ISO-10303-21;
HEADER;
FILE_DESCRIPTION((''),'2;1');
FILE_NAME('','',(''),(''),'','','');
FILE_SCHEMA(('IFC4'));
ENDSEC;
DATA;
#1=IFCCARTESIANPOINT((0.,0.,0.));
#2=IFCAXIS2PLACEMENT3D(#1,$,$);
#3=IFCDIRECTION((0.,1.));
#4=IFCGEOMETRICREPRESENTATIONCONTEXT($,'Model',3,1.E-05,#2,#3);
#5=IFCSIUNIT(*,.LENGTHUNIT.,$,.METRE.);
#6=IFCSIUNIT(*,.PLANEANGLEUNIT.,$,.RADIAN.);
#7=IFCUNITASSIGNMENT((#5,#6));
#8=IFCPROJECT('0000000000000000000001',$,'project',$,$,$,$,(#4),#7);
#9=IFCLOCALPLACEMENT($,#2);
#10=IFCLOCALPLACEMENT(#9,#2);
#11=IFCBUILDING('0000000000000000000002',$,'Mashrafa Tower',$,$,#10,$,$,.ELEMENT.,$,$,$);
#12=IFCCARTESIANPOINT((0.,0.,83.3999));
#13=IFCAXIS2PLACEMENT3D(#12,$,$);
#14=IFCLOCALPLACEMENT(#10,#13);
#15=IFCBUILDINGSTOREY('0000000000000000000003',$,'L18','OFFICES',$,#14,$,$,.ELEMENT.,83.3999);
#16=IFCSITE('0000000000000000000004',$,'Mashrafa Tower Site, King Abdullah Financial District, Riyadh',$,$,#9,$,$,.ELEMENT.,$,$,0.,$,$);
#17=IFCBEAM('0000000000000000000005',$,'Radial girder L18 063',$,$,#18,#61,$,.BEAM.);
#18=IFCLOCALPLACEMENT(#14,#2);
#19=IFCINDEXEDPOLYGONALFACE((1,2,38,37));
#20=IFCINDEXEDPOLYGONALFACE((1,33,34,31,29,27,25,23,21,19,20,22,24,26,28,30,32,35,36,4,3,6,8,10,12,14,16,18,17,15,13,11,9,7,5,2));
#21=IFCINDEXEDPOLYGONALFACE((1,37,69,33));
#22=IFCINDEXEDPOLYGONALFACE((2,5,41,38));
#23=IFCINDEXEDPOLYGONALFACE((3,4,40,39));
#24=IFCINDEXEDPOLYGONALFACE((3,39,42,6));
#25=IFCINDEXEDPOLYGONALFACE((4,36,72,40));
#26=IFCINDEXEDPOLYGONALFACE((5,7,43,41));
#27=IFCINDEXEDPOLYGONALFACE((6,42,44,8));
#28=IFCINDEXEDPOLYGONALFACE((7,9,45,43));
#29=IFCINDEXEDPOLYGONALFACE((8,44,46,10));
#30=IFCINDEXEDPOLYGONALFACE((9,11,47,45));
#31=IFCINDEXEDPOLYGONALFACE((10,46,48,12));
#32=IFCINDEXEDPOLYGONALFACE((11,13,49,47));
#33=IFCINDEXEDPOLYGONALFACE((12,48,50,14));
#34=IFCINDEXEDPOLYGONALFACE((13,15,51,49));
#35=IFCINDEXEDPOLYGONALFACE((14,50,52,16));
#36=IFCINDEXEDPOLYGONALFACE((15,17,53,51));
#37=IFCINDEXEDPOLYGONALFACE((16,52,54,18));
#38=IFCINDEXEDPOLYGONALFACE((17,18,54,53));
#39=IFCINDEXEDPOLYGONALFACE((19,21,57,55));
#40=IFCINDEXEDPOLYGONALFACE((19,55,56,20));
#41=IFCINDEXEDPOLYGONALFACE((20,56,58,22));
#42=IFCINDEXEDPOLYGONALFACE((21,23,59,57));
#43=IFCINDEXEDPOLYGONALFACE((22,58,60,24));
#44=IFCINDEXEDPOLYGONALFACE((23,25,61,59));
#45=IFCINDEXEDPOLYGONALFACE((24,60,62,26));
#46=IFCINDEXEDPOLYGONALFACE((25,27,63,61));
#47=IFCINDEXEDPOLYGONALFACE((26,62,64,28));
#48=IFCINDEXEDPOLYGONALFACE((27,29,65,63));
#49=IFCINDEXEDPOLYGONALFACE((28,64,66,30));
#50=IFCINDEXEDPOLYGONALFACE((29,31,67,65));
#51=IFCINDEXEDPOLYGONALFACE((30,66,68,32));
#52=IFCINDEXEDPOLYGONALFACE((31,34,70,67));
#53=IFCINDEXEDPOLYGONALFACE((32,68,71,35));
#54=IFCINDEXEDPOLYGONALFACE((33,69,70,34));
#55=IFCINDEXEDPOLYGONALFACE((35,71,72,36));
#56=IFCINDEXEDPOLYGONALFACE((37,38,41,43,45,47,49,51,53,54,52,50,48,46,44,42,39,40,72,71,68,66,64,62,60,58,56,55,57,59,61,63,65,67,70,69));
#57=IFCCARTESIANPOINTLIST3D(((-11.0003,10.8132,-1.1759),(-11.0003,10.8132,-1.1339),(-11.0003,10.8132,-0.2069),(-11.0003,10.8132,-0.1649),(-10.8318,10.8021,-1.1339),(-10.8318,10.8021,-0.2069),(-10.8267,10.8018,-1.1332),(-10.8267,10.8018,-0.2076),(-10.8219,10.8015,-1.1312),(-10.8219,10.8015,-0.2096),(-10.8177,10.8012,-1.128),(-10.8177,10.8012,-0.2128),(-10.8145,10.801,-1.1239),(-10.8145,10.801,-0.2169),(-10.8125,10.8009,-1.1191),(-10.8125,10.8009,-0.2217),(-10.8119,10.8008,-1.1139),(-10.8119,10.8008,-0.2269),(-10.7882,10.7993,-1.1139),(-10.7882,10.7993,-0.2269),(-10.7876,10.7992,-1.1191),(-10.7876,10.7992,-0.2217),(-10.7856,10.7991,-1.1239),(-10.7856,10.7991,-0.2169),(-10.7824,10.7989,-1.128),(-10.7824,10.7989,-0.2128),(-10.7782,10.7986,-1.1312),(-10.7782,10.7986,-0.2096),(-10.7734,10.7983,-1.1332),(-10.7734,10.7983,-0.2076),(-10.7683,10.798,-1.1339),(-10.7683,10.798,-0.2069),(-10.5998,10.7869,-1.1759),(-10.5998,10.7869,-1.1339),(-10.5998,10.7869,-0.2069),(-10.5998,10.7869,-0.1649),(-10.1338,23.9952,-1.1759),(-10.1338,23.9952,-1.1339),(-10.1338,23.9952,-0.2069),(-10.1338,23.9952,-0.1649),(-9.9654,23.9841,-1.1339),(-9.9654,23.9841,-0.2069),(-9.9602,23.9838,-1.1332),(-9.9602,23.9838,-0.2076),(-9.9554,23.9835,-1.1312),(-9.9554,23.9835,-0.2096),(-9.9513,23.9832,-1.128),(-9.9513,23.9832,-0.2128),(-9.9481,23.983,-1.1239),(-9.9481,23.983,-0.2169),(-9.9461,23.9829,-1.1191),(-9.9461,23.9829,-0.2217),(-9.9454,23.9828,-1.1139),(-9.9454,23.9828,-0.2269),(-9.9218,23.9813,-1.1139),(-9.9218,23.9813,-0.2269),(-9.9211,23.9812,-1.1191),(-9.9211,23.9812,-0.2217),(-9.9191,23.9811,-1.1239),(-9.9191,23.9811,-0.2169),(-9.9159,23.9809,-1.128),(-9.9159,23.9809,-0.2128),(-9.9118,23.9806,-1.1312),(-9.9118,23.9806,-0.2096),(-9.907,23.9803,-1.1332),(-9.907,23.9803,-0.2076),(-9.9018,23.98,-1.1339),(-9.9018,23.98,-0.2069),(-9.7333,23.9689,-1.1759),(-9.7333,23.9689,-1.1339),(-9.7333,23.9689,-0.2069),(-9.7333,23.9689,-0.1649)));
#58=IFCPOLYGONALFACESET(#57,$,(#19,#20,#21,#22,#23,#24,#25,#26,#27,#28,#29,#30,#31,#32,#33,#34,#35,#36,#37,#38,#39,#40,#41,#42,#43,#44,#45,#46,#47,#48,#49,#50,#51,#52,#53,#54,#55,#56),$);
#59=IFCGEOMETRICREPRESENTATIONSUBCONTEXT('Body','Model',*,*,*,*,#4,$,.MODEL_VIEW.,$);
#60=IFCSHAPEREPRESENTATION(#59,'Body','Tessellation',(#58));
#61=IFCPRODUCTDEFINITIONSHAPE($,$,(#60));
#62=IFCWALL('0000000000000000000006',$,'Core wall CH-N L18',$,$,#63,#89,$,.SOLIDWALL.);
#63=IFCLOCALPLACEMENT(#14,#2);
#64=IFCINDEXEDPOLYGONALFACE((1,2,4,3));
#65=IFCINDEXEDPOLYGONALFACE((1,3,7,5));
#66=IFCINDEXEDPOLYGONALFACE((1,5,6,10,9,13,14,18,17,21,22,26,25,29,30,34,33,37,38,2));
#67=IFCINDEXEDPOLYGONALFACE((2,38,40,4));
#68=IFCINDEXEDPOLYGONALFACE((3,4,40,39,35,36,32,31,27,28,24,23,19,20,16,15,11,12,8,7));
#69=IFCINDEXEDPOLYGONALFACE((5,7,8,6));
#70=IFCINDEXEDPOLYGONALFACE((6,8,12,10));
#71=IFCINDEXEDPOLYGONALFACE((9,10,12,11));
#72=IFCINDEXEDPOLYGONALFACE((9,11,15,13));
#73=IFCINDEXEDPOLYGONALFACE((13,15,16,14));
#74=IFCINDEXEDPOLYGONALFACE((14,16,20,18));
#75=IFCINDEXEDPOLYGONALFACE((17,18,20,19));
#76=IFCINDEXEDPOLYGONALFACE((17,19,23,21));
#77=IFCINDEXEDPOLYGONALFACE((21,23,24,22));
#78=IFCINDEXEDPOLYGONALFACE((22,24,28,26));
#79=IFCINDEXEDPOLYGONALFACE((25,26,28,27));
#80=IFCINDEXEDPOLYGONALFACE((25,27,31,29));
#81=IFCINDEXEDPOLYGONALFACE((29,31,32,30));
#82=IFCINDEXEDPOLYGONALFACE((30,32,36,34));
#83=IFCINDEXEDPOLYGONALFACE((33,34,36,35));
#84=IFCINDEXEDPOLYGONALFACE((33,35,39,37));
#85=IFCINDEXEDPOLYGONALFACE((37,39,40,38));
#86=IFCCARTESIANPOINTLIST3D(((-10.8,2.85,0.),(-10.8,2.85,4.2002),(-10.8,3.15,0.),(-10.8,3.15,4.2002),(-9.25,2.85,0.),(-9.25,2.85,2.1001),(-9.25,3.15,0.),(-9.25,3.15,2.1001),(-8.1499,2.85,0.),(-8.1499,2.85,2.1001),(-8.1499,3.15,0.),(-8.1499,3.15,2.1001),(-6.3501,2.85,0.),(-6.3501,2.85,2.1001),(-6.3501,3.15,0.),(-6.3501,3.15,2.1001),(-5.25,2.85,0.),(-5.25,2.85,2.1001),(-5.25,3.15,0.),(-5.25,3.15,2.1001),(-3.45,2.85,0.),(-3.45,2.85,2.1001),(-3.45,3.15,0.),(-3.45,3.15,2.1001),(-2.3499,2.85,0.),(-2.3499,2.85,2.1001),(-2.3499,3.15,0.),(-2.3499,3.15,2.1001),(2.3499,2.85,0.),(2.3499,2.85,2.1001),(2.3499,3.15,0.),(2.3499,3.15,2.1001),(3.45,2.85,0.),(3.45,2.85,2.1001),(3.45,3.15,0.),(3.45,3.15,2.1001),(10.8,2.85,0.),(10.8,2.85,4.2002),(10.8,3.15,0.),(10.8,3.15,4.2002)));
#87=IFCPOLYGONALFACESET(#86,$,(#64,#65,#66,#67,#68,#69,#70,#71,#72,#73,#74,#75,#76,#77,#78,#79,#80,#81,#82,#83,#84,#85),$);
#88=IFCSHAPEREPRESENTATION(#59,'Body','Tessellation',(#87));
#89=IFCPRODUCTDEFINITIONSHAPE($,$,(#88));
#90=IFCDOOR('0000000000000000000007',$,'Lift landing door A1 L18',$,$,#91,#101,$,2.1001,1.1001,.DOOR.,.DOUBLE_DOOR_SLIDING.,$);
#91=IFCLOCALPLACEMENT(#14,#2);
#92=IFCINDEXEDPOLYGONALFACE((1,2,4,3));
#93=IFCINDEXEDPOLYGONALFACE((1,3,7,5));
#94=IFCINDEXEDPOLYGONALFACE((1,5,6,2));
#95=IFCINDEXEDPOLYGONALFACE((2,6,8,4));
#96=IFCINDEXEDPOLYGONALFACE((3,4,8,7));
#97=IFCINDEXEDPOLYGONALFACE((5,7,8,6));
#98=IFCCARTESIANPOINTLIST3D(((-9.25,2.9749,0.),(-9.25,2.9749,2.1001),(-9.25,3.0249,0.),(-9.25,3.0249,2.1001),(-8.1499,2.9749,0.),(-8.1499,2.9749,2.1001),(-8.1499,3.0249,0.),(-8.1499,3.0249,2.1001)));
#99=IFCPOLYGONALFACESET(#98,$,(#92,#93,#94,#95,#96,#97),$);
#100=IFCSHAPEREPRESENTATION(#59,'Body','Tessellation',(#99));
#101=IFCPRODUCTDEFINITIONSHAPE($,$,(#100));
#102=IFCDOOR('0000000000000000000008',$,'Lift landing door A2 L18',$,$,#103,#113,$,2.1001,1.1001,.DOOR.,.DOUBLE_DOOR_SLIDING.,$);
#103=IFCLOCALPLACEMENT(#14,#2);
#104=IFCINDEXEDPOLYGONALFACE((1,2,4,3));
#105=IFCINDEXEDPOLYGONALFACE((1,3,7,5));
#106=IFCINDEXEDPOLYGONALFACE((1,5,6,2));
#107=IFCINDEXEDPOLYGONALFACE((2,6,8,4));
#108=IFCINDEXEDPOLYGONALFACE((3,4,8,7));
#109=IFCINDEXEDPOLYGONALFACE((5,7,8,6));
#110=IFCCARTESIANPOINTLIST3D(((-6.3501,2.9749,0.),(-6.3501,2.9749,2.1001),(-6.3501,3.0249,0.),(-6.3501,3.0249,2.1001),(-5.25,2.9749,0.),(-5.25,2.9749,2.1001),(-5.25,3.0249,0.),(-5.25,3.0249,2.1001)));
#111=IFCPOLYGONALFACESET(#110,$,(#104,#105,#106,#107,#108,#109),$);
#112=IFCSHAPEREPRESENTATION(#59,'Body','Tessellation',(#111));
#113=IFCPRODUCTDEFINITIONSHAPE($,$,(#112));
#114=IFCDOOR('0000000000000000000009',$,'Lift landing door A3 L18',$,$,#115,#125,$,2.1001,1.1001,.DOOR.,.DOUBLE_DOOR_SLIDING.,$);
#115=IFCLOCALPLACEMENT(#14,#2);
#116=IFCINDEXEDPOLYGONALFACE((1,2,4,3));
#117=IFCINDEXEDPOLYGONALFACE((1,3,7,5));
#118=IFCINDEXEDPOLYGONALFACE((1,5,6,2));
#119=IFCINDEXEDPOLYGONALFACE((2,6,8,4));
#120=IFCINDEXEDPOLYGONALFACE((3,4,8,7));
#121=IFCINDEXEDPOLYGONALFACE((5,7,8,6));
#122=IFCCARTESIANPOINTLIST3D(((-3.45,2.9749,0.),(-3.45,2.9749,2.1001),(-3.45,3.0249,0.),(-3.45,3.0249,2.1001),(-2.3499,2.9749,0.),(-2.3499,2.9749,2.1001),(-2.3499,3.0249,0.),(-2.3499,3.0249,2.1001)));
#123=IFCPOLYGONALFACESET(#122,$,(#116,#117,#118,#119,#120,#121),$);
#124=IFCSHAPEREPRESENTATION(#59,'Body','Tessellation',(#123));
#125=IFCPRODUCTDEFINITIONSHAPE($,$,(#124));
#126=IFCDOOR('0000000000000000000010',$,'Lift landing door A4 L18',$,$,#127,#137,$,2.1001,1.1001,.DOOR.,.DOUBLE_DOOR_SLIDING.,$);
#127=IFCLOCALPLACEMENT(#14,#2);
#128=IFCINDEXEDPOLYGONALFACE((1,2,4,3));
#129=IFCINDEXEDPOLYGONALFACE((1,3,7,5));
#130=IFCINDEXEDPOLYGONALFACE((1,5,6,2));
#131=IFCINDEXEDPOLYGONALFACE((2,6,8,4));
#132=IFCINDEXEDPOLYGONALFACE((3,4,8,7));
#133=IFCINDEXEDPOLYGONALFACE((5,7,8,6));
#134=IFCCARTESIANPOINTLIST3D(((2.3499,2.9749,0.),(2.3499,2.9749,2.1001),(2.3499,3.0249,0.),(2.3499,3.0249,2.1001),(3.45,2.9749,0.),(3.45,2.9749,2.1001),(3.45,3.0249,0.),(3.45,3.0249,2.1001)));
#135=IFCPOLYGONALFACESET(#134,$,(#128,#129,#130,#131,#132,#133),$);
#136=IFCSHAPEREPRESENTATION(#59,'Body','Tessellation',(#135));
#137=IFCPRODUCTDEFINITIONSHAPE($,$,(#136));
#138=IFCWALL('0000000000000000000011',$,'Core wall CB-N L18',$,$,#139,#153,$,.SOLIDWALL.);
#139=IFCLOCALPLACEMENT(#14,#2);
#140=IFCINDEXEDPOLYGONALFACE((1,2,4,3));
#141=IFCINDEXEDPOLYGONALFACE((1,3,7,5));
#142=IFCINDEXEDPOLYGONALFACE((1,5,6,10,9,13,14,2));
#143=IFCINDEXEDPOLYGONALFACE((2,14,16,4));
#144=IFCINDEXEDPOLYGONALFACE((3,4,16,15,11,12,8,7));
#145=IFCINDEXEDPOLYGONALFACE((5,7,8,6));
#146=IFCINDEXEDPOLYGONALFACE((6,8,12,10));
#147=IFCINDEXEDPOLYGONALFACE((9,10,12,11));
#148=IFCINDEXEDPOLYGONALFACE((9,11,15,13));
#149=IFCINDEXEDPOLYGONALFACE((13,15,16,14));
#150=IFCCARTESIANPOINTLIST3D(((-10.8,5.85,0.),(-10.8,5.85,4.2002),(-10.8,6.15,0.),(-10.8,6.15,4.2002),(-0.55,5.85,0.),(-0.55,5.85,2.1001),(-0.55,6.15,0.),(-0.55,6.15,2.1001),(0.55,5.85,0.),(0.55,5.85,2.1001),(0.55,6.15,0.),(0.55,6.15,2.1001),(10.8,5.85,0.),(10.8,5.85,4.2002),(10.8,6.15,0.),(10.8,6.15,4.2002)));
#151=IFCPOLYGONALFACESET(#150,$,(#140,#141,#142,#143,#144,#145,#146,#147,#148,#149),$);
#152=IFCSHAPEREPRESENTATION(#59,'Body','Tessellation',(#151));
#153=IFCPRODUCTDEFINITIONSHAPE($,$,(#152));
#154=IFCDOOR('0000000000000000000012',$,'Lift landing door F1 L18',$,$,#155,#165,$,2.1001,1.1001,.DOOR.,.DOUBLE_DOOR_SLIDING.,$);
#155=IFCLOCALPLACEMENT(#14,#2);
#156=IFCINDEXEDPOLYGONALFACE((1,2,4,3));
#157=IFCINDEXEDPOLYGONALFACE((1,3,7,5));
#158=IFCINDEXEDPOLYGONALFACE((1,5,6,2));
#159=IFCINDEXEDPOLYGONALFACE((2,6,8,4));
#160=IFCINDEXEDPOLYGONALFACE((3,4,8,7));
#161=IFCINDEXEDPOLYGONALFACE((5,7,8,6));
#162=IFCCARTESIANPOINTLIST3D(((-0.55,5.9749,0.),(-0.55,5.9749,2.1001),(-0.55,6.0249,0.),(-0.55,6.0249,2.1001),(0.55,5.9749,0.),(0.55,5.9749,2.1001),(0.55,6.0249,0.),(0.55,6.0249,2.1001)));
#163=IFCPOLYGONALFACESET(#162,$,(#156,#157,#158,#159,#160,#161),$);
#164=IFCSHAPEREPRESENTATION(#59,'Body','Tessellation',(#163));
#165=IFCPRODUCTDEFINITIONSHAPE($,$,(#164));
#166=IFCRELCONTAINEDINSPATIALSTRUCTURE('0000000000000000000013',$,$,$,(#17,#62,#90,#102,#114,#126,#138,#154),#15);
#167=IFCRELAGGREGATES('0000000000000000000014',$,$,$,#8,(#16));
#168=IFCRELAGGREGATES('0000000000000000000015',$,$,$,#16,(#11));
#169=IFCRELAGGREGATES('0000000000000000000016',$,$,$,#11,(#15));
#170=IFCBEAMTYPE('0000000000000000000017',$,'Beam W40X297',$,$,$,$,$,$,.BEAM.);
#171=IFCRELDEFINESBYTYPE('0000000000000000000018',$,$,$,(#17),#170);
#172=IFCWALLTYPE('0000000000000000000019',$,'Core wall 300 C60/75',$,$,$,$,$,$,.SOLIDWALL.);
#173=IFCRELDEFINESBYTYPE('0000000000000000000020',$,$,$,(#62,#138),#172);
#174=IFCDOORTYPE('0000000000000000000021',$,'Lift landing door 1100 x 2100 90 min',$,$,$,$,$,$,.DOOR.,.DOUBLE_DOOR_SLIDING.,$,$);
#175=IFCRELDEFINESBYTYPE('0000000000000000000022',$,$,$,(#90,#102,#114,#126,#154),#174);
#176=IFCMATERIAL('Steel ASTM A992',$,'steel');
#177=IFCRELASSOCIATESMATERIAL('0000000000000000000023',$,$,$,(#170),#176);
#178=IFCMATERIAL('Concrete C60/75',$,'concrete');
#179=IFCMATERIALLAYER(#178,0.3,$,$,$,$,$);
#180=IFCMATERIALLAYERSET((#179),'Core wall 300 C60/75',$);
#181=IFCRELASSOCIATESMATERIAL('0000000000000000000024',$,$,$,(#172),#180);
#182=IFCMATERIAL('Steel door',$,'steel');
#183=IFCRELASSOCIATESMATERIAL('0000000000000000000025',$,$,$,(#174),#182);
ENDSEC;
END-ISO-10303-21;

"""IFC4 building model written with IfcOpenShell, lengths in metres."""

from ifc_helpers import new_model, si_unit, direction, frame, frame_2d, origin, origin_2d, place, context, subcontext, project, spatial, rectangle, i_section, extrude, material, layer, layer_set, material_profile, profile_set, type_object, element, fill, save


model = new_model("IFC4")

# Units and contexts
model_context = context("Model", 3, precision=1e-05, world=origin(), true_north=direction((0.0, 1.0)))
body_context = subcontext(model_context, "Body", "Model", "MODEL_VIEW")
ifc_project = project(units=[si_unit("LENGTHUNIT", "METRE"), si_unit("PLANEANGLEUNIT", "RADIAN")], contexts=[model_context])

# Site, building, storey
site_placement = place(None, origin())
site = spatial("IfcSite", under=ifc_project, at=site_placement, Name="Mashrafa Tower Site, King Abdullah Financial District, Riyadh", CompositionType="ELEMENT", RefElevation=0.0)
building_placement = place(site_placement, origin())
building = spatial("IfcBuilding", under=site, at=building_placement, Name="Mashrafa Tower", CompositionType="ELEMENT")
storey_placement = place(building_placement, frame((0.0, 0.0, 83.3999)))
storey = spatial("IfcBuildingStorey", under=building, at=storey_placement, Name="L18", Description="OFFICES", CompositionType="ELEMENT", Elevation=83.3999)

# Beam
ifc_material_1 = material(Name="Steel ASTM A992", Category="steel")
ifc_material_profile_1 = material_profile(ifc_material_1, i_section(OverallWidth=0.4014, OverallDepth=1.011, WebThickness=0.0237, FlangeThickness=0.042, FilletRadius=0.02, at=origin_2d()), Name="W40X297")
ifc_profile_set_1 = profile_set([ifc_material_profile_1], Name="Steel ASTM A992")
beam_type_1 = type_object("IfcBeamType", Name="Beam W40X297", PredefinedType="BEAM", material=ifc_profile_set_1)
for number, where, z_axis, x_axis, name in (
    (1, (-10.8, 10.8, -0.6704), (0.065589, 0.997847, 0.0), (-0.997847, 0.065589, 0.0), "Radial girder L18 063"),
):
    element("IfcBeam", number, at=place(storey_placement, frame(where, z_axis=z_axis, x_axis=x_axis)), inside=storey, type_object=beam_type_1, Name=name, PredefinedType="BEAM", context=body_context, shape_type="SweptSolid", body=[
        extrude(i_section(OverallWidth=0.4014, OverallDepth=1.011, WebThickness=0.0237, FlangeThickness=0.042, FilletRadius=0.02, at=origin_2d()), origin(), (0.0, 0.0, 1.0), 13.2104),
    ])

# Wall, openings, doors
ifc_material_2 = material(Name="Concrete C60/75", Category="concrete")
ifc_layer_1 = layer(ifc_material_2, 0.3)
ifc_layer_set_1 = layer_set([ifc_layer_1], Name="Core wall 300 C60/75")
wall_type_1 = type_object("IfcWallType", Name="Core wall 300 C60/75", PredefinedType="SOLIDWALL", material=ifc_layer_set_1)
wall_1_placement = place(storey_placement, frame((-10.8, 3.0, 0.0), z_axis=(0.0, 0.0, 1.0), x_axis=(1.0, 0.0, 0.0)))
wall_1 = element("IfcWall", 2, at=wall_1_placement, inside=storey, type_object=wall_type_1, Name="Core wall CH-N L18", PredefinedType="SOLIDWALL", context=body_context, shape_type="SweptSolid", body=[
    extrude(rectangle(XDim=21.6001, YDim=0.3, at=frame_2d((10.8, 0.0))), origin(), (0.0, 0.0, 1.0), 4.2002),
])
opening_1_placement = place(wall_1_placement, frame((1.55, 0.0, 0.0)))
opening_1 = element("IfcOpeningElement", 3, at=opening_1_placement, cuts=wall_1, PredefinedType="OPENING", context=body_context, shape_type="SweptSolid", body=[
    extrude(rectangle(XDim=1.1001, YDim=2.1001, at=frame_2d((0.55, 1.05))), frame((0.0, 0.1599, 0.0), z_axis=(0.0, -1.0, 0.0), x_axis=(1.0, 0.0, 0.0)), (0.0, 0.0, 1.0), 0.3201),
])
opening_2_placement = place(wall_1_placement, frame((4.45, 0.0, 0.0)))
opening_2 = element("IfcOpeningElement", 4, at=opening_2_placement, cuts=wall_1, PredefinedType="OPENING", context=body_context, shape_type="SweptSolid", body=[
    extrude(rectangle(XDim=1.1001, YDim=2.1001, at=frame_2d((0.55, 1.05))), frame((0.0, 0.1599, 0.0), z_axis=(0.0, -1.0, 0.0), x_axis=(1.0, 0.0, 0.0)), (0.0, 0.0, 1.0), 0.3201),
])
opening_3_placement = place(wall_1_placement, frame((7.3501, 0.0, 0.0)))
opening_3 = element("IfcOpeningElement", 5, at=opening_3_placement, cuts=wall_1, PredefinedType="OPENING", context=body_context, shape_type="SweptSolid", body=[
    extrude(rectangle(XDim=1.1001, YDim=2.1001, at=frame_2d((0.55, 1.05))), frame((0.0, 0.1599, 0.0), z_axis=(0.0, -1.0, 0.0), x_axis=(1.0, 0.0, 0.0)), (0.0, 0.0, 1.0), 0.3201),
])
opening_4_placement = place(wall_1_placement, frame((13.1499, 0.0, 0.0)))
opening_4 = element("IfcOpeningElement", 6, at=opening_4_placement, cuts=wall_1, PredefinedType="OPENING", context=body_context, shape_type="SweptSolid", body=[
    extrude(rectangle(XDim=1.1001, YDim=2.1001, at=frame_2d((0.55, 1.05))), frame((0.0, 0.1599, 0.0), z_axis=(0.0, -1.0, 0.0), x_axis=(1.0, 0.0, 0.0)), (0.0, 0.0, 1.0), 0.3201),
])
ifc_material_3 = material(Name="Steel door", Category="steel")
door_type_1 = type_object("IfcDoorType", Name="Lift landing door 1100 x 2100 90 min", OperationType="DOUBLE_DOOR_SLIDING", PredefinedType="DOOR", material=ifc_material_3)
door_1_placement = place(opening_1_placement, origin())
door_1 = element("IfcDoor", 7, at=door_1_placement, inside=storey, type_object=door_type_1, Name="Lift landing door A1 L18", OperationType="DOUBLE_DOOR_SLIDING", OverallHeight=2.1001, OverallWidth=1.1001, PredefinedType="DOOR", context=body_context, shape_type="SweptSolid", body=[
    extrude(rectangle(XDim=1.1001, YDim=2.1001, at=frame_2d((0.55, 1.05))), frame((0.0, 0.0249, 0.0), z_axis=(0.0, -1.0, 0.0), x_axis=(1.0, 0.0, 0.0)), (0.0, 0.0, 1.0), 0.05),
])
fill(opening_1, door_1)
door_2_placement = place(opening_2_placement, origin())
door_2 = element("IfcDoor", 8, at=door_2_placement, inside=storey, type_object=door_type_1, Name="Lift landing door A2 L18", OperationType="DOUBLE_DOOR_SLIDING", OverallHeight=2.1001, OverallWidth=1.1001, PredefinedType="DOOR", context=body_context, shape_type="SweptSolid", body=[
    extrude(rectangle(XDim=1.1001, YDim=2.1001, at=frame_2d((0.55, 1.05))), frame((0.0, 0.0249, 0.0), z_axis=(0.0, -1.0, 0.0), x_axis=(1.0, 0.0, 0.0)), (0.0, 0.0, 1.0), 0.05),
])
fill(opening_2, door_2)
door_3_placement = place(opening_3_placement, origin())
door_3 = element("IfcDoor", 9, at=door_3_placement, inside=storey, type_object=door_type_1, Name="Lift landing door A3 L18", OperationType="DOUBLE_DOOR_SLIDING", OverallHeight=2.1001, OverallWidth=1.1001, PredefinedType="DOOR", context=body_context, shape_type="SweptSolid", body=[
    extrude(rectangle(XDim=1.1001, YDim=2.1001, at=frame_2d((0.55, 1.05))), frame((0.0, 0.0249, 0.0), z_axis=(0.0, -1.0, 0.0), x_axis=(1.0, 0.0, 0.0)), (0.0, 0.0, 1.0), 0.05),
])
fill(opening_3, door_3)
door_4_placement = place(opening_4_placement, origin())
door_4 = element("IfcDoor", 10, at=door_4_placement, inside=storey, type_object=door_type_1, Name="Lift landing door A4 L18", OperationType="DOUBLE_DOOR_SLIDING", OverallHeight=2.1001, OverallWidth=1.1001, PredefinedType="DOOR", context=body_context, shape_type="SweptSolid", body=[
    extrude(rectangle(XDim=1.1001, YDim=2.1001, at=frame_2d((0.55, 1.05))), frame((0.0, 0.0249, 0.0), z_axis=(0.0, -1.0, 0.0), x_axis=(1.0, 0.0, 0.0)), (0.0, 0.0, 1.0), 0.05),
])
fill(opening_4, door_4)

# Wall, opening, door
wall_2_placement = place(storey_placement, frame((-10.8, 6.0, 0.0), z_axis=(0.0, 0.0, 1.0), x_axis=(1.0, 0.0, 0.0)))
wall_2 = element("IfcWall", 11, at=wall_2_placement, inside=storey, type_object=wall_type_1, Name="Core wall CB-N L18", PredefinedType="SOLIDWALL", context=body_context, shape_type="SweptSolid", body=[
    extrude(rectangle(XDim=21.6001, YDim=0.3, at=frame_2d((10.8, 0.0))), origin(), (0.0, 0.0, 1.0), 4.2002),
])
opening_5_placement = place(wall_2_placement, frame((10.25, 0.0, 0.0)))
opening_5 = element("IfcOpeningElement", 12, at=opening_5_placement, cuts=wall_2, PredefinedType="OPENING", context=body_context, shape_type="SweptSolid", body=[
    extrude(rectangle(XDim=1.1001, YDim=2.1001, at=frame_2d((0.55, 1.05))), frame((0.0, 0.1599, 0.0), z_axis=(0.0, -1.0, 0.0), x_axis=(1.0, 0.0, 0.0)), (0.0, 0.0, 1.0), 0.3201),
])
door_5_placement = place(opening_5_placement, origin())
door_5 = element("IfcDoor", 13, at=door_5_placement, inside=storey, type_object=door_type_1, Name="Lift landing door F1 L18", OperationType="DOUBLE_DOOR_SLIDING", OverallHeight=2.1001, OverallWidth=1.1001, PredefinedType="DOOR", context=body_context, shape_type="SweptSolid", body=[
    extrude(rectangle(XDim=1.1001, YDim=2.1001, at=frame_2d((0.55, 1.05))), frame((0.0, 0.0249, 0.0), z_axis=(0.0, -1.0, 0.0), x_axis=(1.0, 0.0, 0.0)), (0.0, 0.0, 1.0), 0.05),
])
fill(opening_5, door_5)

save(model, "model.ifc")
